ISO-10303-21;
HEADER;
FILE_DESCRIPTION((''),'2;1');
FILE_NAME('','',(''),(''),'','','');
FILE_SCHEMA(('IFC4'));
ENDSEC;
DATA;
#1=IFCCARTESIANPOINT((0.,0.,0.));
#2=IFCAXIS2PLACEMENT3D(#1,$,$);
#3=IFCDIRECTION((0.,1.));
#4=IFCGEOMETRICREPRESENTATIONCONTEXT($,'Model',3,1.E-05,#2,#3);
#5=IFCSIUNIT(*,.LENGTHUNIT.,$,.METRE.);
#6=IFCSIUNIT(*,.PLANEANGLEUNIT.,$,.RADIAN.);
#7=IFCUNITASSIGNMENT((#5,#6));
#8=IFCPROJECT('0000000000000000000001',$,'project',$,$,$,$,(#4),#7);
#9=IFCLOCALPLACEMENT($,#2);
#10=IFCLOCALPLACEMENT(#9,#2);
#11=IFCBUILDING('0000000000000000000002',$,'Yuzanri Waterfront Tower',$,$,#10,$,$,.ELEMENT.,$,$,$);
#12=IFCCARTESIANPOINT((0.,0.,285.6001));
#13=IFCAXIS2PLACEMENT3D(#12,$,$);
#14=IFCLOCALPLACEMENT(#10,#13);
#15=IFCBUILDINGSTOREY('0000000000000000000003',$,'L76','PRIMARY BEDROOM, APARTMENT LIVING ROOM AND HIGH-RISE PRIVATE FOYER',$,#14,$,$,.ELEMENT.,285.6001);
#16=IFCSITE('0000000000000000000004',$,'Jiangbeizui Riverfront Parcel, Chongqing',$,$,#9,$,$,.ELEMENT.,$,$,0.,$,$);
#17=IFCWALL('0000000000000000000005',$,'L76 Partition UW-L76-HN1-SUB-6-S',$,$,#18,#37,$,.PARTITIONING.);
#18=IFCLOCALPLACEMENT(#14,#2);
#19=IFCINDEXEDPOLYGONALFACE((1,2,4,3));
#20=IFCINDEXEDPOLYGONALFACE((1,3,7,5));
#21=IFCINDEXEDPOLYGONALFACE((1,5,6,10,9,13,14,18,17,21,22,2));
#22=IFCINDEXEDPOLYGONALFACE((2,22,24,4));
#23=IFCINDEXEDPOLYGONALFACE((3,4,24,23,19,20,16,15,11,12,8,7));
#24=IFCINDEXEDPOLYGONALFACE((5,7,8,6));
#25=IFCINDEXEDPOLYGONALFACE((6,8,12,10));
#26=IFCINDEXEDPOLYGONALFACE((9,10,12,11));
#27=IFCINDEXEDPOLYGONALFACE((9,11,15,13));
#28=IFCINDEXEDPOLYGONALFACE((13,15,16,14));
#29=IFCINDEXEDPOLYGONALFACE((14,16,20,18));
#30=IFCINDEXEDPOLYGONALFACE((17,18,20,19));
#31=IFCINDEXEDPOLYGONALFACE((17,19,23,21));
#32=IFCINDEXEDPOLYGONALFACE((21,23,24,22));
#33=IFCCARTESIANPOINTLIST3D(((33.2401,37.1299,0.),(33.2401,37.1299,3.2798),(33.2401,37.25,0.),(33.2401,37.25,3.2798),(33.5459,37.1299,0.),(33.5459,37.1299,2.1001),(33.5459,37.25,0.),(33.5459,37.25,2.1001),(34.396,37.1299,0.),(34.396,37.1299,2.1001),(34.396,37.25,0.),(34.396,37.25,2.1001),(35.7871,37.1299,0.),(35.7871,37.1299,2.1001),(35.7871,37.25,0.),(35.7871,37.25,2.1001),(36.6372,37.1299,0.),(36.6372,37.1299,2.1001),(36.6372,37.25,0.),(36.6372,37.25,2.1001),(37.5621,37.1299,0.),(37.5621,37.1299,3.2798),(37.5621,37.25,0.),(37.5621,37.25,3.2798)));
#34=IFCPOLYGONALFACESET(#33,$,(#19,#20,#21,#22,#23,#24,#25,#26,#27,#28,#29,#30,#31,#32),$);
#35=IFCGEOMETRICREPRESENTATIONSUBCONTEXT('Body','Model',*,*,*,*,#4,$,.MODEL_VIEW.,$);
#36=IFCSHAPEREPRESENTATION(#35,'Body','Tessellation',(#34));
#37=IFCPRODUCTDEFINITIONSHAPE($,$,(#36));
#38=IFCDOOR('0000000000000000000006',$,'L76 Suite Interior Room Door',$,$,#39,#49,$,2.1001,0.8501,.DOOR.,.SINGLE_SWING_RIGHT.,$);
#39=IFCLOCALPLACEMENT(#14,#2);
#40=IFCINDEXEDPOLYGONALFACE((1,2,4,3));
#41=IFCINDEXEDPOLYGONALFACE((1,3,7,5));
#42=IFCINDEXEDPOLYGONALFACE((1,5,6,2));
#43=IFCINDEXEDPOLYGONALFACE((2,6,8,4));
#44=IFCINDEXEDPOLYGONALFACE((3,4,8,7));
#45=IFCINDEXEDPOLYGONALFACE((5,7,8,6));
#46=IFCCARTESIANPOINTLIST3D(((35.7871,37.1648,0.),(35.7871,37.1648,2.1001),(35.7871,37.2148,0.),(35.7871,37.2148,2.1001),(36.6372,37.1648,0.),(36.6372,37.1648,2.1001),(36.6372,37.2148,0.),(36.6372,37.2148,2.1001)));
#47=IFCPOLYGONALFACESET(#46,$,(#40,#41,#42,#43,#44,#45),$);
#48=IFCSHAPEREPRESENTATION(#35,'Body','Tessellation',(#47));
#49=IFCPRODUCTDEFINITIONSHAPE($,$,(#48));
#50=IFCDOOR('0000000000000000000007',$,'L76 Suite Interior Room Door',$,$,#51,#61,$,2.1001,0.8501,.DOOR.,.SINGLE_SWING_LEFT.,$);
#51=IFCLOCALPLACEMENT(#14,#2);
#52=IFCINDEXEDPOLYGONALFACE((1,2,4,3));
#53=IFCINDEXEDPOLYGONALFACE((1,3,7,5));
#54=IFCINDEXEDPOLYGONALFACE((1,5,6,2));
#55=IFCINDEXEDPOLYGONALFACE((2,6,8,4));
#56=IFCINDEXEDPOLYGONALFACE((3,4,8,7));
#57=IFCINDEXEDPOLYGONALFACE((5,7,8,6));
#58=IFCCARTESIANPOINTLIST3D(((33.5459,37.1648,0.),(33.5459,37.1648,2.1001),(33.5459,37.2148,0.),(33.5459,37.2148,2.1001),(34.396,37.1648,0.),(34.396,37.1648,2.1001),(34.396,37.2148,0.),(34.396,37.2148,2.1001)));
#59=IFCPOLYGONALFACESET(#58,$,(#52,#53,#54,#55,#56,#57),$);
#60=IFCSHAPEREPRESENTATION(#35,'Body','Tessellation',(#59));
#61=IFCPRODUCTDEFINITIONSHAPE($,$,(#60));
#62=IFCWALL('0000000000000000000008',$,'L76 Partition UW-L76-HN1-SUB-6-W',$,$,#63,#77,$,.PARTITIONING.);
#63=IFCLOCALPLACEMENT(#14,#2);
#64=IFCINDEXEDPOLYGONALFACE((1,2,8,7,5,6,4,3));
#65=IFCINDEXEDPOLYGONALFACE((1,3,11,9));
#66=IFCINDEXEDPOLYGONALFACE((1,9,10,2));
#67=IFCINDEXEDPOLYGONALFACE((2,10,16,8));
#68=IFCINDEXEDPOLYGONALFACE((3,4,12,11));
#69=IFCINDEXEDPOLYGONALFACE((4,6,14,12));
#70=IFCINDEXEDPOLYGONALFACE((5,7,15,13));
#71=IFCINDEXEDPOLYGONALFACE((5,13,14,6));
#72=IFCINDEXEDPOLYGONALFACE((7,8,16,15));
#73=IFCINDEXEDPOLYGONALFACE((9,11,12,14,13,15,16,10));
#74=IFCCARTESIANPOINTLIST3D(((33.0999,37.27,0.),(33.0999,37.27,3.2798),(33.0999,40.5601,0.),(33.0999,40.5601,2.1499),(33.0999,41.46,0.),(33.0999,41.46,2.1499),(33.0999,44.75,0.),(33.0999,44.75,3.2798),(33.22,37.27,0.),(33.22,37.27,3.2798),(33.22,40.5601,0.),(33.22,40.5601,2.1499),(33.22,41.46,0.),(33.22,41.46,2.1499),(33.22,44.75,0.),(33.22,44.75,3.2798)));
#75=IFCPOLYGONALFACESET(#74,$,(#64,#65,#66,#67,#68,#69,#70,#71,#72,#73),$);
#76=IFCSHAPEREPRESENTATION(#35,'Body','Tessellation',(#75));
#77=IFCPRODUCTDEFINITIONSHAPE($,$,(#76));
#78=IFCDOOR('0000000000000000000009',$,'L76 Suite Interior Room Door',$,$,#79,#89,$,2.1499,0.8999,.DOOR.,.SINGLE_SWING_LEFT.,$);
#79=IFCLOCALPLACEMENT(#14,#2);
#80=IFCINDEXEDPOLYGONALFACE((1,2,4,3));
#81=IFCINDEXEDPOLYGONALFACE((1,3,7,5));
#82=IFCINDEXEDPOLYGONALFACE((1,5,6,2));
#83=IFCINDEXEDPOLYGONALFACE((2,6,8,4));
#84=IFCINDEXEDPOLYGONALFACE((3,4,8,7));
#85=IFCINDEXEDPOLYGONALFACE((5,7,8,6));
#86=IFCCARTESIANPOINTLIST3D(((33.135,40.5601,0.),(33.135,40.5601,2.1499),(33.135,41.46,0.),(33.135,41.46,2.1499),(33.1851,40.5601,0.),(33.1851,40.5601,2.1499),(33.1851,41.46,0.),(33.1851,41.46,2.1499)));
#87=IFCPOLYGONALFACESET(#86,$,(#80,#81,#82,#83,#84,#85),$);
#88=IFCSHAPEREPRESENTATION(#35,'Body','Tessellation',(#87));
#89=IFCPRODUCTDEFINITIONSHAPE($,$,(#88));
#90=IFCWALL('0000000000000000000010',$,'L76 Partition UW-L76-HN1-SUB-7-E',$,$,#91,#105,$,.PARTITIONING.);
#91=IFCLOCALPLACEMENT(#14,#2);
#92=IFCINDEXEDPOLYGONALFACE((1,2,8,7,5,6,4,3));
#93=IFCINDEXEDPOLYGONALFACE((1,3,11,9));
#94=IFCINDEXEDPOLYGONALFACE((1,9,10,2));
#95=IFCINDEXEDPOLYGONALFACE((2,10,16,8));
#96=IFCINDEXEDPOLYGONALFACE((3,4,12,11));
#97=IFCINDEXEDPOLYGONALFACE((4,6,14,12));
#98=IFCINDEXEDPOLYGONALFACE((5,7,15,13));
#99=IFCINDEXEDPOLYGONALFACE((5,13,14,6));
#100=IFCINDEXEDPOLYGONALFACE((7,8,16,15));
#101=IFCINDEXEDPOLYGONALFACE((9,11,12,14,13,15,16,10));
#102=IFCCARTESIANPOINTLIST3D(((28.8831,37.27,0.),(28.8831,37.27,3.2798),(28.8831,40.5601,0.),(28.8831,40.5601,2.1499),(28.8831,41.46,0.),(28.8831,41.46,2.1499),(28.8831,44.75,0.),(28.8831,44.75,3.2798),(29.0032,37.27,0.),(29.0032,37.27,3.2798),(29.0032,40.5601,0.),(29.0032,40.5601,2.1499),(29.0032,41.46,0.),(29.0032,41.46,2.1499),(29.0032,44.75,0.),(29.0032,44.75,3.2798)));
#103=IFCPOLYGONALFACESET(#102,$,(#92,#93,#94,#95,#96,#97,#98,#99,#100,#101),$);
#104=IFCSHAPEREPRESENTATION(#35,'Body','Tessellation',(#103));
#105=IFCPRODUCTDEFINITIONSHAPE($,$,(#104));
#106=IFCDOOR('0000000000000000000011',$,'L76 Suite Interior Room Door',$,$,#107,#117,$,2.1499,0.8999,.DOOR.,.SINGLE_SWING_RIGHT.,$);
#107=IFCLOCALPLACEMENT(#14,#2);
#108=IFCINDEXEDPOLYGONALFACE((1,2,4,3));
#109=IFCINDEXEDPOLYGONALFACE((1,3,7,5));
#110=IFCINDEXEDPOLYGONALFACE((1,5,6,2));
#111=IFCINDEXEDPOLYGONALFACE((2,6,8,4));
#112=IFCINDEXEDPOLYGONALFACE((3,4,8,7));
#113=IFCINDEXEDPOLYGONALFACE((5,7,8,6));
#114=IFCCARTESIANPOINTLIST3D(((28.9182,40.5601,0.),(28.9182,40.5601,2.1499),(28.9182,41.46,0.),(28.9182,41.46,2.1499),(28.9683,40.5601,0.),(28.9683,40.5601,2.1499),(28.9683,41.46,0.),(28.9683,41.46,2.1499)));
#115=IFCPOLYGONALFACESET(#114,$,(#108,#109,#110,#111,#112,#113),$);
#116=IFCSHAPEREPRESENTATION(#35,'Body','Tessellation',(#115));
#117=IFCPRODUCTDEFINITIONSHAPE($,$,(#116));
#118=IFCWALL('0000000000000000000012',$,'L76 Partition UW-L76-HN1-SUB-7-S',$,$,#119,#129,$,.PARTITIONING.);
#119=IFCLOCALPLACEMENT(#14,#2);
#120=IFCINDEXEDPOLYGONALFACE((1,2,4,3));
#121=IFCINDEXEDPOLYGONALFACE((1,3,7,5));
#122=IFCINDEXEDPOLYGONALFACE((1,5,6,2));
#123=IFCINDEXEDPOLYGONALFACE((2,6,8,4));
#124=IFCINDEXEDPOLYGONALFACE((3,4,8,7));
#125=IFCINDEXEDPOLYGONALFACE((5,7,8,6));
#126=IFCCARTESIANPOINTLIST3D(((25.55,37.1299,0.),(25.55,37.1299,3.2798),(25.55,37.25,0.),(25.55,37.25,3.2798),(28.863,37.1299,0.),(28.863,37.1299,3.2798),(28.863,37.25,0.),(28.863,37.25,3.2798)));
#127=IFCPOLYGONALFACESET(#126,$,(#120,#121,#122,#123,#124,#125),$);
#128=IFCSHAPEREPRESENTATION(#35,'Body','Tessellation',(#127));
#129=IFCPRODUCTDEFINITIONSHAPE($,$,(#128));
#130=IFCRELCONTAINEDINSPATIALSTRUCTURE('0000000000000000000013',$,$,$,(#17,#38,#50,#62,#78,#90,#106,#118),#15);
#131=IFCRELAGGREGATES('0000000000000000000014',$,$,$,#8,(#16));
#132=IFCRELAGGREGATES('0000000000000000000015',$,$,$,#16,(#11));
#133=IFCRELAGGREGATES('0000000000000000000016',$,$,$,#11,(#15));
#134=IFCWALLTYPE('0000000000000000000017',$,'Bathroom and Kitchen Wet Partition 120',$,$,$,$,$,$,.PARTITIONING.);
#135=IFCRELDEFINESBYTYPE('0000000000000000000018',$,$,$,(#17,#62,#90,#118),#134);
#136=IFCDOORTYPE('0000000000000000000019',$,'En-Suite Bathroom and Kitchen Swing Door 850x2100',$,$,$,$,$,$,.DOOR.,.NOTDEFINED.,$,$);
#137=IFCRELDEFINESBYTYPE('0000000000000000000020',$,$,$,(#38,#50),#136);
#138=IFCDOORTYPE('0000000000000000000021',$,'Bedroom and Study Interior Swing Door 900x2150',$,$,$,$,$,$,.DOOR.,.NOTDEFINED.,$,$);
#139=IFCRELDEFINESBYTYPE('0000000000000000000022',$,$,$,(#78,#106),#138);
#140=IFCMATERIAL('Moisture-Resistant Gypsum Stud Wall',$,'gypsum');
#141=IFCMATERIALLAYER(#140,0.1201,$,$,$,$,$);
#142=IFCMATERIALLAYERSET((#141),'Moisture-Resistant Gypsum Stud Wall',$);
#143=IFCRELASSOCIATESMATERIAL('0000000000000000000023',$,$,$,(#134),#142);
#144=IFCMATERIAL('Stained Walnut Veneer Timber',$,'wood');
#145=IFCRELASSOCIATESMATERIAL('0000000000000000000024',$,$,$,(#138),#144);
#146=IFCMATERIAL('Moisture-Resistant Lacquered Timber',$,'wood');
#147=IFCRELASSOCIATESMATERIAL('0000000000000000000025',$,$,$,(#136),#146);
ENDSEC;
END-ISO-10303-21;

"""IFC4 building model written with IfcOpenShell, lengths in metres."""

from ifc_helpers import new_model, si_unit, direction, frame, frame_2d, origin, place, context, subcontext, project, spatial, rectangle, extrude, source, transform, mapped, material, layer, layer_set, type_object, element, fill, save


model = new_model("IFC4")

# Units and contexts
model_context = context("Model", 3, precision=1e-05, world=origin(), true_north=direction((0.0, 1.0)))
body_context = subcontext(model_context, "Body", "Model", "MODEL_VIEW")
ifc_project = project(units=[si_unit("LENGTHUNIT", "METRE"), si_unit("PLANEANGLEUNIT", "RADIAN")], contexts=[model_context])

# Site, building, storey
site_placement = place(None, origin())
site = spatial("IfcSite", under=ifc_project, at=site_placement, Name="Jiangbeizui Riverfront Parcel, Chongqing", CompositionType="ELEMENT", RefElevation=0.0)
building_placement = place(site_placement, origin())
building = spatial("IfcBuilding", under=site, at=building_placement, Name="Yuzanri Waterfront Tower", CompositionType="ELEMENT")
storey_placement = place(building_placement, frame((0.0, 0.0, 285.6001)))
storey = spatial("IfcBuildingStorey", under=building, at=storey_placement, Name="L76", Description="PRIMARY BEDROOM, APARTMENT LIVING ROOM AND HIGH-RISE PRIVATE FOYER", CompositionType="ELEMENT", Elevation=285.6001)

# Shared definitions
ifc_material_1 = material(Name="Moisture-Resistant Gypsum Stud Wall", Category="gypsum")
ifc_layer_1 = layer(ifc_material_1, 0.1201)
ifc_layer_set_1 = layer_set([ifc_layer_1], Name="Moisture-Resistant Gypsum Stud Wall")
wall_type = type_object("IfcWallType", Name="Bathroom and Kitchen Wet Partition 120", PredefinedType="PARTITIONING", material=ifc_layer_set_1)
ifc_material_2 = material(Name="Stained Walnut Veneer Timber", Category="wood")
door_type_1 = type_object("IfcDoorType", Name="Bedroom and Study Interior Swing Door 900x2150", OperationType="NOTDEFINED", PredefinedType="DOOR", material=ifc_material_2)
shared_shape_1 = source(origin(), body_context, "Body", "SweptSolid", [
    extrude(rectangle(XDim=0.8999, YDim=2.1499, at=frame_2d((0.45, 1.075))), frame((0.0, 0.0249, 0.0), z_axis=(0.0, -1.0, 0.0), x_axis=(1.0, 0.0, 0.0)), (0.0, 0.0, 1.0), 0.05),
])

# Wall, openings, doors
wall_1_placement = place(storey_placement, frame((33.24, 37.1899, 0.0), z_axis=(0.0, 0.0, 1.0), x_axis=(1.0, 0.0, 0.0)))
wall_1 = element("IfcWall", 1, at=wall_1_placement, inside=storey, type_object=wall_type, Name="L76 Partition UW-L76-HN1-SUB-6-S", PredefinedType="PARTITIONING", context=body_context, shape_type="SweptSolid", body=[
    extrude(rectangle(XDim=4.322, YDim=0.1201, at=frame_2d((2.1611, 0.0))), origin(), (0.0, 0.0, 1.0), 3.2798),
])
opening_1_placement = place(wall_1_placement, frame((2.5471, 0.0, 0.0)))
opening_1 = element("IfcOpeningElement", 2, at=opening_1_placement, cuts=wall_1, PredefinedType="OPENING", context=body_context, shape_type="SweptSolid", body=[
    extrude(rectangle(XDim=0.8501, YDim=2.1001, at=frame_2d((0.425, 1.05))), frame((0.0, 0.075, 0.0), z_axis=(0.0, -1.0, 0.0), x_axis=(1.0, 0.0, 0.0)), (0.0, 0.0, 1.0), 0.1499),
])
opening_2_placement = place(wall_1_placement, frame((0.3059, 0.0, 0.0)))
opening_2 = element("IfcOpeningElement", 3, at=opening_2_placement, cuts=wall_1, PredefinedType="OPENING", context=body_context, shape_type="SweptSolid", body=[
    extrude(rectangle(XDim=0.8501, YDim=2.1001, at=frame_2d((0.425, 1.05))), frame((0.0, 0.075, 0.0), z_axis=(0.0, -1.0, 0.0), x_axis=(1.0, 0.0, 0.0)), (0.0, 0.0, 1.0), 0.1499),
])
ifc_material_3 = material(Name="Moisture-Resistant Lacquered Timber", Category="wood")
door_type_2 = type_object("IfcDoorType", Name="En-Suite Bathroom and Kitchen Swing Door 850x2100", OperationType="NOTDEFINED", PredefinedType="DOOR", material=ifc_material_3)
shared_shape_2 = source(origin(), body_context, "Body", "SweptSolid", [
    extrude(rectangle(XDim=0.8501, YDim=2.1001, at=frame_2d((0.425, 1.05))), frame((0.0, 0.0249, 0.0), z_axis=(0.0, -1.0, 0.0), x_axis=(1.0, 0.0, 0.0)), (0.0, 0.0, 1.0), 0.05),
])
door_1_placement = place(opening_1_placement, origin())
door_1 = element("IfcDoor", 4, at=door_1_placement, inside=storey, type_object=door_type_2, Name="L76 Suite Interior Room Door", OperationType="SINGLE_SWING_RIGHT", OverallHeight=2.1001, OverallWidth=0.8501, PredefinedType="DOOR", context=body_context, shape_type="MappedRepresentation", body=[
    mapped(shared_shape_2, transform((0.0, 0.0, 0.0), scale=1.0)),
])
fill(opening_1, door_1)
door_2_placement = place(opening_2_placement, origin())
door_2 = element("IfcDoor", 5, at=door_2_placement, inside=storey, type_object=door_type_2, Name="L76 Suite Interior Room Door", OperationType="SINGLE_SWING_LEFT", OverallHeight=2.1001, OverallWidth=0.8501, PredefinedType="DOOR", context=body_context, shape_type="MappedRepresentation", body=[
    mapped(shared_shape_2, transform((0.0, 0.0, 0.0), scale=1.0)),
])
fill(opening_2, door_2)

# Walls, openings, doors
wall_2_placement = place(storey_placement, frame((33.1599, 37.27, 0.0), z_axis=(0.0, 0.0, 1.0), x_axis=(0.0, 1.0, 0.0)))
wall_2 = element("IfcWall", 6, at=wall_2_placement, inside=storey, type_object=wall_type, Name="L76 Partition UW-L76-HN1-SUB-6-W", PredefinedType="PARTITIONING", context=body_context, shape_type="SweptSolid", body=[
    extrude(rectangle(XDim=7.48, YDim=0.1201, at=frame_2d((3.74, 0.0))), origin(), (0.0, 0.0, 1.0), 3.2798),
])
opening_3_placement = place(wall_2_placement, frame((3.29, 0.0, 0.0)))
opening_3 = element("IfcOpeningElement", 7, at=opening_3_placement, cuts=wall_2, PredefinedType="OPENING", context=body_context, shape_type="SweptSolid", body=[
    extrude(rectangle(XDim=0.8999, YDim=2.1499, at=frame_2d((0.45, 1.075))), frame((0.0, 0.075, 0.0), z_axis=(0.0, -1.0, 0.0), x_axis=(1.0, 0.0, 0.0)), (0.0, 0.0, 1.0), 0.1499),
])
door_3_placement = place(opening_3_placement, origin())
door_3 = element("IfcDoor", 8, at=door_3_placement, inside=storey, type_object=door_type_1, Name="L76 Suite Interior Room Door", OperationType="SINGLE_SWING_LEFT", OverallHeight=2.1499, OverallWidth=0.8999, PredefinedType="DOOR", context=body_context, shape_type="MappedRepresentation", body=[
    mapped(shared_shape_1, transform((0.0, 0.0, 0.0), scale=1.0)),
])
fill(opening_3, door_3)
wall_3_placement = place(storey_placement, frame((28.9431, 37.27, 0.0), z_axis=(0.0, 0.0, 1.0), x_axis=(0.0, 1.0, 0.0)))
wall_3 = element("IfcWall", 9, at=wall_3_placement, inside=storey, type_object=wall_type, Name="L76 Partition UW-L76-HN1-SUB-7-E", PredefinedType="PARTITIONING", context=body_context, shape_type="SweptSolid", body=[
    extrude(rectangle(XDim=7.48, YDim=0.1201, at=frame_2d((3.74, 0.0))), origin(), (0.0, 0.0, 1.0), 3.2798),
])
opening_4_placement = place(wall_3_placement, frame((3.29, 0.0, 0.0)))
opening_4 = element("IfcOpeningElement", 10, at=opening_4_placement, cuts=wall_3, PredefinedType="OPENING", context=body_context, shape_type="SweptSolid", body=[
    extrude(rectangle(XDim=0.8999, YDim=2.1499, at=frame_2d((0.45, 1.075))), frame((0.0, 0.075, 0.0), z_axis=(0.0, -1.0, 0.0), x_axis=(1.0, 0.0, 0.0)), (0.0, 0.0, 1.0), 0.1499),
])
door_4_placement = place(opening_4_placement, origin())
door_4 = element("IfcDoor", 11, at=door_4_placement, inside=storey, type_object=door_type_1, Name="L76 Suite Interior Room Door", OperationType="SINGLE_SWING_RIGHT", OverallHeight=2.1499, OverallWidth=0.8999, PredefinedType="DOOR", context=body_context, shape_type="MappedRepresentation", body=[
    mapped(shared_shape_1, transform((0.0, 0.0, 0.0), scale=1.0)),
])
fill(opening_4, door_4)

# Wall
shared_shape_3 = source(origin(), body_context, "Body", "SweptSolid", [
    extrude(rectangle(XDim=3.313, YDim=0.1201, at=frame_2d((1.6565, 0.0))), origin(), (0.0, 0.0, 1.0), 3.2798),
])
wall_4_placement = place(storey_placement, frame((25.55, 37.1899, 0.0), z_axis=(0.0, 0.0, 1.0), x_axis=(1.0, 0.0, 0.0)))
element("IfcWall", 12, at=wall_4_placement, inside=storey, type_object=wall_type, Name="L76 Partition UW-L76-HN1-SUB-7-S", PredefinedType="PARTITIONING", context=body_context, shape_type="MappedRepresentation", body=[
    mapped(shared_shape_3, transform((0.0, 0.0, 0.0), scale=1.0)),
])

save(model, "model.ifc")
